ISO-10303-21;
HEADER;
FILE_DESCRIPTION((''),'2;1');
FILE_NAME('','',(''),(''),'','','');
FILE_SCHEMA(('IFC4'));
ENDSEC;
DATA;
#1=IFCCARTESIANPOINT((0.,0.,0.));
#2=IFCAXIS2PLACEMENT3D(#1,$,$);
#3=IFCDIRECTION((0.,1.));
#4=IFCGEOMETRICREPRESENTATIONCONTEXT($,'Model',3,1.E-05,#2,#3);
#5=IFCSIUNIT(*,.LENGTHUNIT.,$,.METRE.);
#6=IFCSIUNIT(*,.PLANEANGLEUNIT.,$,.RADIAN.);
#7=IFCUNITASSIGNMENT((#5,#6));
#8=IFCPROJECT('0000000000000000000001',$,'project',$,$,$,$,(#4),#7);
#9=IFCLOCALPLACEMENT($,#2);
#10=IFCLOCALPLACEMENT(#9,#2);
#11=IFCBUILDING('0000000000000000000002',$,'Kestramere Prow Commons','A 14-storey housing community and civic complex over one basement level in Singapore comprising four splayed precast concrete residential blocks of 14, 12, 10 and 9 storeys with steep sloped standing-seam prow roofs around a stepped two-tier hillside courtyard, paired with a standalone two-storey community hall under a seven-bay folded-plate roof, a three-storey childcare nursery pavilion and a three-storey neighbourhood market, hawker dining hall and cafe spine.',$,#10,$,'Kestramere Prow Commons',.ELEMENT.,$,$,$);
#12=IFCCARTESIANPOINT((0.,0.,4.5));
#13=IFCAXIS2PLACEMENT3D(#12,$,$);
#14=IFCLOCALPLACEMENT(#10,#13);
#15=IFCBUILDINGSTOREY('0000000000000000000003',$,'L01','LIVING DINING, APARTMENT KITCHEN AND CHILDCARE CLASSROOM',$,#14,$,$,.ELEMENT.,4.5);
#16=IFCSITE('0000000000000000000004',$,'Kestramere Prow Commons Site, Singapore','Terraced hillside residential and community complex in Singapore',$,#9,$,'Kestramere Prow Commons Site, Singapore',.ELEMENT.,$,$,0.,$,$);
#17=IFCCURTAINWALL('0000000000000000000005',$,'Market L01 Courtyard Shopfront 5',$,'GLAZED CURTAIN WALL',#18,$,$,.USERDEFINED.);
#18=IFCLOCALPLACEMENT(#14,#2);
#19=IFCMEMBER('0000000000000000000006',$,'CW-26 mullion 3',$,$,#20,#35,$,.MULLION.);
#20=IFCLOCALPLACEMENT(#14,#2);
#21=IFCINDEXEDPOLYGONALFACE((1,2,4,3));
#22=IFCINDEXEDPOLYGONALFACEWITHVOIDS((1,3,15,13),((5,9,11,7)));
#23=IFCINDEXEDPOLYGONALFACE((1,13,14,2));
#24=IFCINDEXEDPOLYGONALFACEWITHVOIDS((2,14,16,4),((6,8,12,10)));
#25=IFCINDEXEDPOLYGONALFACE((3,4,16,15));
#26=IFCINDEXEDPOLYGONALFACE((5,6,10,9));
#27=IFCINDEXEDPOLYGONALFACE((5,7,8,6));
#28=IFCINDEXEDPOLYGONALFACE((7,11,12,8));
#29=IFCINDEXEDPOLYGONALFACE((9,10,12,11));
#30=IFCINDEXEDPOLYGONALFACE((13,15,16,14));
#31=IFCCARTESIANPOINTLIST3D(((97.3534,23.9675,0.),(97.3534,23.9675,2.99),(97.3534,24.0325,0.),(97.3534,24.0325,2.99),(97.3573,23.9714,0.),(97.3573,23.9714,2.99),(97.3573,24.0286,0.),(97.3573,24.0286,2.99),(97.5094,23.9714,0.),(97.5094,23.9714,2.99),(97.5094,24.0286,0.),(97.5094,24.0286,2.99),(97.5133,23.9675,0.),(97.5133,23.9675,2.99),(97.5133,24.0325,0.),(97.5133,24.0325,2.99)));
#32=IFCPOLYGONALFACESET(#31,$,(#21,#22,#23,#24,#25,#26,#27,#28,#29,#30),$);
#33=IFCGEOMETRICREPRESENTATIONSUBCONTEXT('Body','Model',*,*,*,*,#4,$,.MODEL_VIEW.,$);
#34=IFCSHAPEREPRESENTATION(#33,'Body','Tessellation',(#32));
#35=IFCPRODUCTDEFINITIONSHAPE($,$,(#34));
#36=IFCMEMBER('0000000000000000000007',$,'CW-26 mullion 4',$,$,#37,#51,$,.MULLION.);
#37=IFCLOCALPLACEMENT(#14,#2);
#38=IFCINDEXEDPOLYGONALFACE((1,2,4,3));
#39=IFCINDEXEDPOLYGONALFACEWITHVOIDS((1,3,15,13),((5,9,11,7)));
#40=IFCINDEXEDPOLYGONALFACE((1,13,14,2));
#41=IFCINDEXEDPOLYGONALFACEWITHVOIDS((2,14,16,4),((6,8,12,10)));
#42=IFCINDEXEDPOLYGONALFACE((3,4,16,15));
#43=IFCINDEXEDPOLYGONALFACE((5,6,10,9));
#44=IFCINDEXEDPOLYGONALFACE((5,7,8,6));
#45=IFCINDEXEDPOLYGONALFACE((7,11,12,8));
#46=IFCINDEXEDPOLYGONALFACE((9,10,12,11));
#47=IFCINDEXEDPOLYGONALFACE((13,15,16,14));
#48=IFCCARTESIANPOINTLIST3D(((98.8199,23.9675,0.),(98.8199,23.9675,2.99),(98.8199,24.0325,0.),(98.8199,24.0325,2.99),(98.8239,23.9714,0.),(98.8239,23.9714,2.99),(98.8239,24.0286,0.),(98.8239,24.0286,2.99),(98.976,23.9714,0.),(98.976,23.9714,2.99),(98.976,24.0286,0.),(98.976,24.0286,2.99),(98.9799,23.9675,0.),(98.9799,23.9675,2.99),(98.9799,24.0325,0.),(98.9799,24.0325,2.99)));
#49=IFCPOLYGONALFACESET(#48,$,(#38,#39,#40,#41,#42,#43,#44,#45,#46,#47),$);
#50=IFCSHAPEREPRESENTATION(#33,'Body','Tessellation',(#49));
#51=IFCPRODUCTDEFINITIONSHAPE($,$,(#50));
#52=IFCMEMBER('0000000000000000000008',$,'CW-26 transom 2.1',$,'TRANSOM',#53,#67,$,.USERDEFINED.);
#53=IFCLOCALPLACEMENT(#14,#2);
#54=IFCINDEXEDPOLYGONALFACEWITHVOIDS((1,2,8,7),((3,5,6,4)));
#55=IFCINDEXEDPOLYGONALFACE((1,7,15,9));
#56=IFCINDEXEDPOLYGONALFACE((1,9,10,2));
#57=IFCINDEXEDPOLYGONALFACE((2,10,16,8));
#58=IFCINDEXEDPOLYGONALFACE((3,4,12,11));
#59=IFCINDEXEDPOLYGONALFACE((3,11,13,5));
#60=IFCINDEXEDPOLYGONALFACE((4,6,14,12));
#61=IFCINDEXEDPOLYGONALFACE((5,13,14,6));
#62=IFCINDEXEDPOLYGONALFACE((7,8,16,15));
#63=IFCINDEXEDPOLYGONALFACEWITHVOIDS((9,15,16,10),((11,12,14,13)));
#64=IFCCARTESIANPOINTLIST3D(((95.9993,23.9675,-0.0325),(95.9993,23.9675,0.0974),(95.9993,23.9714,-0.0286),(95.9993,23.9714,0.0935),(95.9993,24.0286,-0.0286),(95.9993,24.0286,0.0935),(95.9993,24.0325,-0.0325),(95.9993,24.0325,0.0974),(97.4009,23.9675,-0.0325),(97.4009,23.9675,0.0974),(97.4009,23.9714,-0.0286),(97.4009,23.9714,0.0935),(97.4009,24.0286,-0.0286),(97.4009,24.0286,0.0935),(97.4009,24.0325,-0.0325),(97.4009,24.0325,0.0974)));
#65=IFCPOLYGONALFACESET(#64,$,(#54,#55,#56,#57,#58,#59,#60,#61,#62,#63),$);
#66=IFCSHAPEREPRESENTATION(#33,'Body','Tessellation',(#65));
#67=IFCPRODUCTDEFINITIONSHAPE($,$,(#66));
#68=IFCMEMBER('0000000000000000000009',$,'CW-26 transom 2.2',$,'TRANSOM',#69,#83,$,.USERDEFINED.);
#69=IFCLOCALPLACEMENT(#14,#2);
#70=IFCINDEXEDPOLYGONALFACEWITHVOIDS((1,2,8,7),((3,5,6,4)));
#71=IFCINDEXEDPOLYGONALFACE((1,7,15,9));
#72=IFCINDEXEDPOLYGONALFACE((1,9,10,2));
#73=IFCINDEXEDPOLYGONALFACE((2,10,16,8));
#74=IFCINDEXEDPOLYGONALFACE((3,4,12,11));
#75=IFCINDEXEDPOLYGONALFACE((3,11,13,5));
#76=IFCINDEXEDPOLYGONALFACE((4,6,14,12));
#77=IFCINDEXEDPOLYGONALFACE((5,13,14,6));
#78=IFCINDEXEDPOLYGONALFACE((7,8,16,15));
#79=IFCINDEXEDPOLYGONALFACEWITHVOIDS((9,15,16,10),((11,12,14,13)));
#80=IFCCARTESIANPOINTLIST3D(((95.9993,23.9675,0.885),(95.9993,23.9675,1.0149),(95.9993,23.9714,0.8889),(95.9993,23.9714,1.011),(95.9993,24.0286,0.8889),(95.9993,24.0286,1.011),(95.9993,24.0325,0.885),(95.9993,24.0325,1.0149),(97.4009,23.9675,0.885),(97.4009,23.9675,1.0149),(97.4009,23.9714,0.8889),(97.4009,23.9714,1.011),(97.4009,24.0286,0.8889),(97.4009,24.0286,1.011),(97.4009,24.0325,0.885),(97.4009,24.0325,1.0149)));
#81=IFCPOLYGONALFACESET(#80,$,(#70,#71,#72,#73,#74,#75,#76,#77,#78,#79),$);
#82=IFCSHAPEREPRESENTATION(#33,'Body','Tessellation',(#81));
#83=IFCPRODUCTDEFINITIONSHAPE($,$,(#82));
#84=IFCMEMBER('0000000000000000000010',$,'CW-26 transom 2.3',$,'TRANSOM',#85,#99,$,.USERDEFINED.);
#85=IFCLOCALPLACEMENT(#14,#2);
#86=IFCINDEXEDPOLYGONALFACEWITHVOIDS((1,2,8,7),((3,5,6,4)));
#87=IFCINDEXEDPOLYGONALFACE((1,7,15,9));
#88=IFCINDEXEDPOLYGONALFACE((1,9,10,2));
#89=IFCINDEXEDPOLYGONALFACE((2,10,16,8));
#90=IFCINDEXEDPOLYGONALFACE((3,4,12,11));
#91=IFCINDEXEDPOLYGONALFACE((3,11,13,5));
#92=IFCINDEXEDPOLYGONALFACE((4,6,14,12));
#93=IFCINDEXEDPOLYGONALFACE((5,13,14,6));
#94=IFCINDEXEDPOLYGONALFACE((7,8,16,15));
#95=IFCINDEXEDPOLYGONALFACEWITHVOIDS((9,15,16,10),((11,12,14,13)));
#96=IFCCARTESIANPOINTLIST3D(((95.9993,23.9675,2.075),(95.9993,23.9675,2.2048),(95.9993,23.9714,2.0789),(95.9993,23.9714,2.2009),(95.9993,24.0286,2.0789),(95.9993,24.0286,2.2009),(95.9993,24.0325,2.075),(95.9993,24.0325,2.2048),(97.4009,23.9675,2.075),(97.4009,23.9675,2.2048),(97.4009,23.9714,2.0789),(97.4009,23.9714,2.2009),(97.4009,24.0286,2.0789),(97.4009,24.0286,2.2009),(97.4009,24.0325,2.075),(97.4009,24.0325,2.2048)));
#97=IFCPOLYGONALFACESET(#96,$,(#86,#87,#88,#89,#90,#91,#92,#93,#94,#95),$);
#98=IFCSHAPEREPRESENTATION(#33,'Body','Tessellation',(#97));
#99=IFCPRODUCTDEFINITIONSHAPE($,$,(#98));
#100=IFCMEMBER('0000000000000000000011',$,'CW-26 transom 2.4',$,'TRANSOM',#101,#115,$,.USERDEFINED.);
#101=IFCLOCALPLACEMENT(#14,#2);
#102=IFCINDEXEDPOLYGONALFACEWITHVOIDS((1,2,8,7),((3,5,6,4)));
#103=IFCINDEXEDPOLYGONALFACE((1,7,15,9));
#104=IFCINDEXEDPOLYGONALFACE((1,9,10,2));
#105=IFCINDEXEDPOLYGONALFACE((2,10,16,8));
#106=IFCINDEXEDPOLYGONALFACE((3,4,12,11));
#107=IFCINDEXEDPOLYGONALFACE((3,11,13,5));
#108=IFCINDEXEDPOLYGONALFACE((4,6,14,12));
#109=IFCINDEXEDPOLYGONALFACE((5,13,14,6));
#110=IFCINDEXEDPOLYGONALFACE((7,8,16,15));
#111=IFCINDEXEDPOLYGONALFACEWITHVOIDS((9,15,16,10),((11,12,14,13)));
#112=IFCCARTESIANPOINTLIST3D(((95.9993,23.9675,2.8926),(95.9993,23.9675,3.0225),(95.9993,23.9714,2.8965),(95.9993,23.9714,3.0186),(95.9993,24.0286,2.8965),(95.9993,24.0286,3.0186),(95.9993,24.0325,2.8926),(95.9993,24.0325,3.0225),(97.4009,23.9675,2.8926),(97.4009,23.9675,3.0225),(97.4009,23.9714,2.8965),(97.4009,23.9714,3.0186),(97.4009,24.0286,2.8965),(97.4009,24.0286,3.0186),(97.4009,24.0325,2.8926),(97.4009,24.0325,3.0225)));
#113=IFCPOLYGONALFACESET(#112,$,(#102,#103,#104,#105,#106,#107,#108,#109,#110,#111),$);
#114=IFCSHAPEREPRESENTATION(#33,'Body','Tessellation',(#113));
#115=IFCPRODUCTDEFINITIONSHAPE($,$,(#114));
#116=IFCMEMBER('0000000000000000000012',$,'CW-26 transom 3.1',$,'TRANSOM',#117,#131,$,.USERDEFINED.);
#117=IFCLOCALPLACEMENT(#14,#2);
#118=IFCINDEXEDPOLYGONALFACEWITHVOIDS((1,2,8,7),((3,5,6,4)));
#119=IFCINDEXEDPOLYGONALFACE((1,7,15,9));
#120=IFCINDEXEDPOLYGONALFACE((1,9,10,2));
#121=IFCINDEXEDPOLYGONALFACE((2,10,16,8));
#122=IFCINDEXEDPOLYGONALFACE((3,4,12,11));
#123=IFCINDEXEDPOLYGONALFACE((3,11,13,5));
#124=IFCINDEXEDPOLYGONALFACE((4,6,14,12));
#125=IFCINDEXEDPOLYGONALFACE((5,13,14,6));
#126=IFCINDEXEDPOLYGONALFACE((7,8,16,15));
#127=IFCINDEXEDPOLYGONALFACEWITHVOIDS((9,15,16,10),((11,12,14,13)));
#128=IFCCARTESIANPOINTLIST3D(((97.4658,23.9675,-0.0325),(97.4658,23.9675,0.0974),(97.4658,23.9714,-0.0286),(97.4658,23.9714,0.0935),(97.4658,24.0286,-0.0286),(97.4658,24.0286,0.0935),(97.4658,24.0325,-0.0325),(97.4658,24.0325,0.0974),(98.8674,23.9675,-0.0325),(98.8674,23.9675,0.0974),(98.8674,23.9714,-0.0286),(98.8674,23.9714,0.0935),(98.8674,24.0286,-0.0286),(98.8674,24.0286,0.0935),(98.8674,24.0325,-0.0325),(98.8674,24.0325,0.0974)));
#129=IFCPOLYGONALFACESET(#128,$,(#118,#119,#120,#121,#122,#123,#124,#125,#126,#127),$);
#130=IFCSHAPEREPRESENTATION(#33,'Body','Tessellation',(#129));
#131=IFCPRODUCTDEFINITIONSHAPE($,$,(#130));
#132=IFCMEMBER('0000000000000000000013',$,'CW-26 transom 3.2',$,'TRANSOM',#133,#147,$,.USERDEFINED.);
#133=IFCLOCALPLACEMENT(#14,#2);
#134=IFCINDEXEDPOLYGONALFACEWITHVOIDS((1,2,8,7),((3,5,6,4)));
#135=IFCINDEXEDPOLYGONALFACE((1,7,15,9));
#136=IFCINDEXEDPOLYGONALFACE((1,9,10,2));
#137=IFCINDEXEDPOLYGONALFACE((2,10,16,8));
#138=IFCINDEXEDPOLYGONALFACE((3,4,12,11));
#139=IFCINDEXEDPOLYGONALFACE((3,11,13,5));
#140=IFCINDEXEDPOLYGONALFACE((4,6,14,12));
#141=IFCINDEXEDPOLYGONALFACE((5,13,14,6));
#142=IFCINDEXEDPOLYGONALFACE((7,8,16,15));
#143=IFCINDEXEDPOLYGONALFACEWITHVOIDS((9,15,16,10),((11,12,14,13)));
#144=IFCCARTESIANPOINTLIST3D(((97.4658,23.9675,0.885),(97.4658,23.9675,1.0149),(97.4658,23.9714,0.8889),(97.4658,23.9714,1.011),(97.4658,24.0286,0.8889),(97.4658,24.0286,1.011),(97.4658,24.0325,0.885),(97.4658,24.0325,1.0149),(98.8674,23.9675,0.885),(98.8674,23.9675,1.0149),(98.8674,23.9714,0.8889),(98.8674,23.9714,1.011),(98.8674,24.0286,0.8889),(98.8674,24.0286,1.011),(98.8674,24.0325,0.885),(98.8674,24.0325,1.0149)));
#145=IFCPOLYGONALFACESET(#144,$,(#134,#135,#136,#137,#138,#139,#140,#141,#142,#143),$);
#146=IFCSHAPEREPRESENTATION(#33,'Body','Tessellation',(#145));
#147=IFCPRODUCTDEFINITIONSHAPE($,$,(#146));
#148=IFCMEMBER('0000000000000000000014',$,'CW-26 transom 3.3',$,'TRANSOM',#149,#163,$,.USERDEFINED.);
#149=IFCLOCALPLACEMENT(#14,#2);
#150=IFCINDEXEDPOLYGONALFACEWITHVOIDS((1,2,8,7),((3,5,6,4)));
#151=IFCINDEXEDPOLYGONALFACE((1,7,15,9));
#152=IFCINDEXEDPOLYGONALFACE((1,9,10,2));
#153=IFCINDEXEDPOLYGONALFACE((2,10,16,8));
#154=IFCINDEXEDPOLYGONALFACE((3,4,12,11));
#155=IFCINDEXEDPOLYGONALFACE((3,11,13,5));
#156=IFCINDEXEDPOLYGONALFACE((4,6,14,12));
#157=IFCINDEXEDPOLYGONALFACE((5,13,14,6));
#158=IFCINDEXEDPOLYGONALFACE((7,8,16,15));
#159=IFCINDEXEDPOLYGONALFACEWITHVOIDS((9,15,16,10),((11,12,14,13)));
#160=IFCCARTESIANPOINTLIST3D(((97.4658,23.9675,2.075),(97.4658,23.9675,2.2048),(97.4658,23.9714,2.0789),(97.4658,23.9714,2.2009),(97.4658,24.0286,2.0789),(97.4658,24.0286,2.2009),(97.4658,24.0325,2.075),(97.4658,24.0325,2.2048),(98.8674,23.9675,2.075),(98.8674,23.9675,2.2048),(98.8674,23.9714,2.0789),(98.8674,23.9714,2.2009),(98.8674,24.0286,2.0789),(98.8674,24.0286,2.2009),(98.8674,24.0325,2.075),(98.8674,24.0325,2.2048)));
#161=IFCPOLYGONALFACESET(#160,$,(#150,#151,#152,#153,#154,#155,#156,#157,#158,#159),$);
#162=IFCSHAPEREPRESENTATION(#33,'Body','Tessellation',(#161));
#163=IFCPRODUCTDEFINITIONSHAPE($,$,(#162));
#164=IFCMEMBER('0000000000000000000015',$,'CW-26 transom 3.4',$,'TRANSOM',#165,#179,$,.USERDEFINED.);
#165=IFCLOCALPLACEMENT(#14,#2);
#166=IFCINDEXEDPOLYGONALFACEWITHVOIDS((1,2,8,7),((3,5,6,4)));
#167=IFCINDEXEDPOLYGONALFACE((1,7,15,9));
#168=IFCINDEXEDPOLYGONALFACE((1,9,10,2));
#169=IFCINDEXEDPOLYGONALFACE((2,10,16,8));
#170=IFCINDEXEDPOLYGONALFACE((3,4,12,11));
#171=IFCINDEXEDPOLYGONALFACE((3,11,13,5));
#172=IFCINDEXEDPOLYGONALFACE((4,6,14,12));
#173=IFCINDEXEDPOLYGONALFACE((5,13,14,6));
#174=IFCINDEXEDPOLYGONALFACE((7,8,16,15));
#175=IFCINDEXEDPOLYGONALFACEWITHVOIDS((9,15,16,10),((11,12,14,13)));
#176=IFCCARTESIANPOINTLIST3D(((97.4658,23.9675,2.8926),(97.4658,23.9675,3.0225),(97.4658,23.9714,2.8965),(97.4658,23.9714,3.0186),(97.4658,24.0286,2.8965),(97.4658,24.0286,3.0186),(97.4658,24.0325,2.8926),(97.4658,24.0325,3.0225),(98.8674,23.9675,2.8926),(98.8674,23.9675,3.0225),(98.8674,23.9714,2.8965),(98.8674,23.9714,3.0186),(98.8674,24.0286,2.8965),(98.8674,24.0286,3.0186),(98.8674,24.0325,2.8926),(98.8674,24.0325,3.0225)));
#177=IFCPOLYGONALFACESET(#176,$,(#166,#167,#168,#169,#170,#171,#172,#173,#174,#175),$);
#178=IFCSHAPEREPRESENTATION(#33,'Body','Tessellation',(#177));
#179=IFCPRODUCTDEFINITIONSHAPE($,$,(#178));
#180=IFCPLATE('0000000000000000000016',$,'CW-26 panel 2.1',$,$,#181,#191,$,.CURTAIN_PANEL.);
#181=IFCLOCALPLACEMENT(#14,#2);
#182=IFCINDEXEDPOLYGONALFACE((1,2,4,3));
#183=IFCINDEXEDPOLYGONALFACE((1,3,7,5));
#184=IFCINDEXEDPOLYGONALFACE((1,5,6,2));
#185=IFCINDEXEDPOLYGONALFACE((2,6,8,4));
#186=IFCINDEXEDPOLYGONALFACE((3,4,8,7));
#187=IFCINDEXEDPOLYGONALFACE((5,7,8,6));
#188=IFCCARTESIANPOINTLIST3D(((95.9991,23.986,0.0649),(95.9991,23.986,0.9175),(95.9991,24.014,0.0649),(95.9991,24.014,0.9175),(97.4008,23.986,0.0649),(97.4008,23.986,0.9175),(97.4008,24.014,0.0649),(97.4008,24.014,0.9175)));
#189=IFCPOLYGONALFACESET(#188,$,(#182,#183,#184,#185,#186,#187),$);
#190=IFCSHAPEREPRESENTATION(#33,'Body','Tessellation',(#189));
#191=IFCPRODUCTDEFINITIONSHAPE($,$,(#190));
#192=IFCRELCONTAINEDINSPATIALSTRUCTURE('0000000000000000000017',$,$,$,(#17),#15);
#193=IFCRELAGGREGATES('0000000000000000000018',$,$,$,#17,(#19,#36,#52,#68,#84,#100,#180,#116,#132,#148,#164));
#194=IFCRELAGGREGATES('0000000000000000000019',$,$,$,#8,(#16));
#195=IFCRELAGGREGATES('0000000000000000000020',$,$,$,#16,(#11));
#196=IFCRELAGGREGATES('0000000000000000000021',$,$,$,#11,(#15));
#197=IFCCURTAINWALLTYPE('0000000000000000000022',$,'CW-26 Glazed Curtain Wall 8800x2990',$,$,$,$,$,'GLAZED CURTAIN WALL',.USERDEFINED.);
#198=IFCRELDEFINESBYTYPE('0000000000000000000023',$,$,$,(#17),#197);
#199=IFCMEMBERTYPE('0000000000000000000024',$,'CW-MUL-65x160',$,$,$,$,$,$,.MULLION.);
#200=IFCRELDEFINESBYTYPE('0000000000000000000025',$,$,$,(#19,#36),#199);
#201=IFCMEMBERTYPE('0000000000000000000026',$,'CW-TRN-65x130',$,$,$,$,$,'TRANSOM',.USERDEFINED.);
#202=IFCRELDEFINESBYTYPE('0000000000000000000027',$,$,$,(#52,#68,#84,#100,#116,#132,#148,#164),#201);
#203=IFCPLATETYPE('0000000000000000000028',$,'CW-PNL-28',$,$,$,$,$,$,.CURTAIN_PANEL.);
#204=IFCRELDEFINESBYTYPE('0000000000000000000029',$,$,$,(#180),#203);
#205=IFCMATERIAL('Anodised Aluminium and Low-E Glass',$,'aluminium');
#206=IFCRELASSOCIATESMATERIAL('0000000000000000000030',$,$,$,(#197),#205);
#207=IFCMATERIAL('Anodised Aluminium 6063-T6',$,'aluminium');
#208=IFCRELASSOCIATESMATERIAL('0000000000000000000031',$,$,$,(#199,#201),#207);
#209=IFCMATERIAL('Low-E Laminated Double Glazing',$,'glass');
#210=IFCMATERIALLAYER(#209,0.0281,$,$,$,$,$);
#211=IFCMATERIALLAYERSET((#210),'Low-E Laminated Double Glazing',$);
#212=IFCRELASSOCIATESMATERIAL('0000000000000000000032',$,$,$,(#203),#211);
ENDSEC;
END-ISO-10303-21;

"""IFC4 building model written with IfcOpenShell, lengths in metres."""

from ifc_helpers import new_model, si_unit, direction, frame, origin, origin_2d, place, context, subcontext, project, spatial, rectangle, hollow_rectangle, extrude, material, layer, layer_set, material_profile, profile_set, type_object, element, aggregate, save


model = new_model("IFC4")

# Units and contexts
model_context = context("Model", 3, precision=1e-05, world=origin(), true_north=direction((0.0, 1.0)))
body_context = subcontext(model_context, "Body", "Model", "MODEL_VIEW")
ifc_project = project(units=[si_unit("LENGTHUNIT", "METRE"), si_unit("PLANEANGLEUNIT", "RADIAN")], contexts=[model_context])

# Site, building, storey
site_placement = place(None, origin())
site = spatial("IfcSite", under=ifc_project, at=site_placement, Name="Kestramere Prow Commons Site, Singapore", Description="Terraced hillside residential and community complex in Singapore", LongName="Kestramere Prow Commons Site, Singapore", CompositionType="ELEMENT", RefElevation=0.0)
building_placement = place(site_placement, origin())
building = spatial("IfcBuilding", under=site, at=building_placement, Name="Kestramere Prow Commons", Description="A 14-storey housing community and civic complex over one basement level in Singapore comprising four splayed precast concrete residential blocks of 14, 12, 10 and 9 storeys with steep sloped standing-seam prow roofs around a stepped two-tier hillside courtyard, paired with a standalone two-storey community hall under a seven-bay folded-plate roof, a three-storey childcare nursery pavilion and a three-storey neighbourhood market, hawker dining hall and cafe spine.", LongName="Kestramere Prow Commons", CompositionType="ELEMENT")
storey_placement = place(building_placement, frame((0.0, 0.0, 4.5)))
storey = spatial("IfcBuildingStorey", under=building, at=storey_placement, Name="L01", Description="LIVING DINING, APARTMENT KITCHEN AND CHILDCARE CLASSROOM", CompositionType="ELEMENT", Elevation=4.5)

# Curtain wall, members, plate
ifc_material_1 = material(Name="Anodised Aluminium and Low-E Glass", Category="aluminium")
curtain_wall_type = type_object("IfcCurtainWallType", Name="CW-26 Glazed Curtain Wall 8800x2990", ElementType="GLAZED CURTAIN WALL", PredefinedType="USERDEFINED", material=ifc_material_1)
curtain_wall_placement = place(storey_placement, origin())
curtain_wall = element("IfcCurtainWall", 1, at=curtain_wall_placement, inside=storey, type_object=curtain_wall_type, Name="Market L01 Courtyard Shopfront 5", ObjectType="GLAZED CURTAIN WALL", PredefinedType="USERDEFINED")
ifc_material_2 = material(Name="Anodised Aluminium 6063-T6", Category="aluminium")
ifc_material_profile_1 = material_profile(ifc_material_2, hollow_rectangle(XDim=0.0649, YDim=0.1599, WallThickness=0.0039, at=origin_2d()), Name="ALU-MUL 65x160")
ifc_profile_set_1 = profile_set([ifc_material_profile_1], Name="Anodised Aluminium 6063-T6")
member_type_1 = type_object("IfcMemberType", Name="CW-MUL-65x160", PredefinedType="MULLION", material=ifc_profile_set_1)
member_1_placement = place(storey_placement, frame((97.4333, 24.0, 0.0), z_axis=(0.0, 0.0, 1.0), x_axis=(0.0, 1.0, 0.0)))
member_1 = element("IfcMember", 2, at=member_1_placement, type_object=member_type_1, Name="CW-26 mullion 3", PredefinedType="MULLION", context=body_context, shape_type="SweptSolid", body=[
    extrude(hollow_rectangle(XDim=0.0649, YDim=0.1599, WallThickness=0.0039, at=origin_2d()), origin(), (0.0, 0.0, 1.0), 2.99),
])
member_2_placement = place(storey_placement, frame((98.8999, 24.0, 0.0), z_axis=(0.0, 0.0, 1.0), x_axis=(0.0, 1.0, 0.0)))
member_2 = element("IfcMember", 3, at=member_2_placement, type_object=member_type_1, Name="CW-26 mullion 4", PredefinedType="MULLION", context=body_context, shape_type="SweptSolid", body=[
    extrude(hollow_rectangle(XDim=0.0649, YDim=0.1599, WallThickness=0.0039, at=origin_2d()), origin(), (0.0, 0.0, 1.0), 2.99),
])
ifc_material_profile_2 = material_profile(ifc_material_2, hollow_rectangle(XDim=0.0649, YDim=0.1299, WallThickness=0.0039, at=origin_2d()), Name="ALU-TRN 65x130")
ifc_profile_set_2 = profile_set([ifc_material_profile_2], Name="Anodised Aluminium 6063-T6")
member_type_2 = type_object("IfcMemberType", Name="CW-TRN-65x130", ElementType="TRANSOM", PredefinedType="USERDEFINED", material=ifc_profile_set_2)
member_3_placement = place(storey_placement, frame((95.9993, 24.0, 0.0325), z_axis=(1.0, 0.0, 0.0), x_axis=(0.0, 1.0, 0.0)))
member_3 = element("IfcMember", 4, at=member_3_placement, type_object=member_type_2, Name="CW-26 transom 2.1", ObjectType="TRANSOM", PredefinedType="USERDEFINED", context=body_context, shape_type="SweptSolid", body=[
    extrude(hollow_rectangle(XDim=0.0649, YDim=0.1299, WallThickness=0.0039, at=origin_2d()), origin(), (0.0, 0.0, 1.0), 1.4016),
])
member_4_placement = place(storey_placement, frame((95.9993, 24.0, 0.95), z_axis=(1.0, 0.0, 0.0), x_axis=(0.0, 1.0, 0.0)))
member_4 = element("IfcMember", 5, at=member_4_placement, type_object=member_type_2, Name="CW-26 transom 2.2", ObjectType="TRANSOM", PredefinedType="USERDEFINED", context=body_context, shape_type="SweptSolid", body=[
    extrude(hollow_rectangle(XDim=0.0649, YDim=0.1299, WallThickness=0.0039, at=origin_2d()), origin(), (0.0, 0.0, 1.0), 1.4016),
])
member_5_placement = place(storey_placement, frame((95.9993, 24.0, 2.1399), z_axis=(1.0, 0.0, 0.0), x_axis=(0.0, 1.0, 0.0)))
member_5 = element("IfcMember", 6, at=member_5_placement, type_object=member_type_2, Name="CW-26 transom 2.3", ObjectType="TRANSOM", PredefinedType="USERDEFINED", context=body_context, shape_type="SweptSolid", body=[
    extrude(hollow_rectangle(XDim=0.0649, YDim=0.1299, WallThickness=0.0039, at=origin_2d()), origin(), (0.0, 0.0, 1.0), 1.4016),
])
member_6_placement = place(storey_placement, frame((95.9993, 24.0, 2.9575), z_axis=(1.0, 0.0, 0.0), x_axis=(0.0, 1.0, 0.0)))
member_6 = element("IfcMember", 7, at=member_6_placement, type_object=member_type_2, Name="CW-26 transom 2.4", ObjectType="TRANSOM", PredefinedType="USERDEFINED", context=body_context, shape_type="SweptSolid", body=[
    extrude(hollow_rectangle(XDim=0.0649, YDim=0.1299, WallThickness=0.0039, at=origin_2d()), origin(), (0.0, 0.0, 1.0), 1.4016),
])
member_7_placement = place(storey_placement, frame((97.4658, 24.0, 0.0325), z_axis=(1.0, 0.0, 0.0), x_axis=(0.0, 1.0, 0.0)))
member_7 = element("IfcMember", 8, at=member_7_placement, type_object=member_type_2, Name="CW-26 transom 3.1", ObjectType="TRANSOM", PredefinedType="USERDEFINED", context=body_context, shape_type="SweptSolid", body=[
    extrude(hollow_rectangle(XDim=0.0649, YDim=0.1299, WallThickness=0.0039, at=origin_2d()), origin(), (0.0, 0.0, 1.0), 1.4016),
])
member_8_placement = place(storey_placement, frame((97.4658, 24.0, 0.95), z_axis=(1.0, 0.0, 0.0), x_axis=(0.0, 1.0, 0.0)))
member_8 = element("IfcMember", 9, at=member_8_placement, type_object=member_type_2, Name="CW-26 transom 3.2", ObjectType="TRANSOM", PredefinedType="USERDEFINED", context=body_context, shape_type="SweptSolid", body=[
    extrude(hollow_rectangle(XDim=0.0649, YDim=0.1299, WallThickness=0.0039, at=origin_2d()), origin(), (0.0, 0.0, 1.0), 1.4016),
])
member_9_placement = place(storey_placement, frame((97.4658, 24.0, 2.1399), z_axis=(1.0, 0.0, 0.0), x_axis=(0.0, 1.0, 0.0)))
member_9 = element("IfcMember", 10, at=member_9_placement, type_object=member_type_2, Name="CW-26 transom 3.3", ObjectType="TRANSOM", PredefinedType="USERDEFINED", context=body_context, shape_type="SweptSolid", body=[
    extrude(hollow_rectangle(XDim=0.0649, YDim=0.1299, WallThickness=0.0039, at=origin_2d()), origin(), (0.0, 0.0, 1.0), 1.4016),
])
member_10_placement = place(storey_placement, frame((97.4658, 24.0, 2.9575), z_axis=(1.0, 0.0, 0.0), x_axis=(0.0, 1.0, 0.0)))
member_10 = element("IfcMember", 11, at=member_10_placement, type_object=member_type_2, Name="CW-26 transom 3.4", ObjectType="TRANSOM", PredefinedType="USERDEFINED", context=body_context, shape_type="SweptSolid", body=[
    extrude(hollow_rectangle(XDim=0.0649, YDim=0.1299, WallThickness=0.0039, at=origin_2d()), origin(), (0.0, 0.0, 1.0), 1.4016),
])
ifc_material_3 = material(Name="Low-E Laminated Double Glazing", Category="glass")
ifc_layer_1 = layer(ifc_material_3, 0.0281)
ifc_layer_set_1 = layer_set([ifc_layer_1], Name="Low-E Laminated Double Glazing")
plate_type = type_object("IfcPlateType", Name="CW-PNL-28", PredefinedType="CURTAIN_PANEL", material=ifc_layer_set_1)
plate_1_placement = place(storey_placement, frame((96.7, 24.0, 0.0649), z_axis=(0.0, 0.0, 1.0), x_axis=(1.0, 0.0, 0.0)))
plate_1 = element("IfcPlate", 12, at=plate_1_placement, type_object=plate_type, Name="CW-26 panel 2.1", PredefinedType="CURTAIN_PANEL", context=body_context, shape_type="SweptSolid", body=[
    extrude(rectangle(XDim=1.4016, YDim=0.0281, at=origin_2d()), origin(), (0.0, 0.0, 1.0), 0.8525),
])
aggregate(curtain_wall, [member_1, member_2, member_3, member_4, member_5, member_6, plate_1, member_7, member_8, member_9, member_10])

save(model, "model.ifc")
